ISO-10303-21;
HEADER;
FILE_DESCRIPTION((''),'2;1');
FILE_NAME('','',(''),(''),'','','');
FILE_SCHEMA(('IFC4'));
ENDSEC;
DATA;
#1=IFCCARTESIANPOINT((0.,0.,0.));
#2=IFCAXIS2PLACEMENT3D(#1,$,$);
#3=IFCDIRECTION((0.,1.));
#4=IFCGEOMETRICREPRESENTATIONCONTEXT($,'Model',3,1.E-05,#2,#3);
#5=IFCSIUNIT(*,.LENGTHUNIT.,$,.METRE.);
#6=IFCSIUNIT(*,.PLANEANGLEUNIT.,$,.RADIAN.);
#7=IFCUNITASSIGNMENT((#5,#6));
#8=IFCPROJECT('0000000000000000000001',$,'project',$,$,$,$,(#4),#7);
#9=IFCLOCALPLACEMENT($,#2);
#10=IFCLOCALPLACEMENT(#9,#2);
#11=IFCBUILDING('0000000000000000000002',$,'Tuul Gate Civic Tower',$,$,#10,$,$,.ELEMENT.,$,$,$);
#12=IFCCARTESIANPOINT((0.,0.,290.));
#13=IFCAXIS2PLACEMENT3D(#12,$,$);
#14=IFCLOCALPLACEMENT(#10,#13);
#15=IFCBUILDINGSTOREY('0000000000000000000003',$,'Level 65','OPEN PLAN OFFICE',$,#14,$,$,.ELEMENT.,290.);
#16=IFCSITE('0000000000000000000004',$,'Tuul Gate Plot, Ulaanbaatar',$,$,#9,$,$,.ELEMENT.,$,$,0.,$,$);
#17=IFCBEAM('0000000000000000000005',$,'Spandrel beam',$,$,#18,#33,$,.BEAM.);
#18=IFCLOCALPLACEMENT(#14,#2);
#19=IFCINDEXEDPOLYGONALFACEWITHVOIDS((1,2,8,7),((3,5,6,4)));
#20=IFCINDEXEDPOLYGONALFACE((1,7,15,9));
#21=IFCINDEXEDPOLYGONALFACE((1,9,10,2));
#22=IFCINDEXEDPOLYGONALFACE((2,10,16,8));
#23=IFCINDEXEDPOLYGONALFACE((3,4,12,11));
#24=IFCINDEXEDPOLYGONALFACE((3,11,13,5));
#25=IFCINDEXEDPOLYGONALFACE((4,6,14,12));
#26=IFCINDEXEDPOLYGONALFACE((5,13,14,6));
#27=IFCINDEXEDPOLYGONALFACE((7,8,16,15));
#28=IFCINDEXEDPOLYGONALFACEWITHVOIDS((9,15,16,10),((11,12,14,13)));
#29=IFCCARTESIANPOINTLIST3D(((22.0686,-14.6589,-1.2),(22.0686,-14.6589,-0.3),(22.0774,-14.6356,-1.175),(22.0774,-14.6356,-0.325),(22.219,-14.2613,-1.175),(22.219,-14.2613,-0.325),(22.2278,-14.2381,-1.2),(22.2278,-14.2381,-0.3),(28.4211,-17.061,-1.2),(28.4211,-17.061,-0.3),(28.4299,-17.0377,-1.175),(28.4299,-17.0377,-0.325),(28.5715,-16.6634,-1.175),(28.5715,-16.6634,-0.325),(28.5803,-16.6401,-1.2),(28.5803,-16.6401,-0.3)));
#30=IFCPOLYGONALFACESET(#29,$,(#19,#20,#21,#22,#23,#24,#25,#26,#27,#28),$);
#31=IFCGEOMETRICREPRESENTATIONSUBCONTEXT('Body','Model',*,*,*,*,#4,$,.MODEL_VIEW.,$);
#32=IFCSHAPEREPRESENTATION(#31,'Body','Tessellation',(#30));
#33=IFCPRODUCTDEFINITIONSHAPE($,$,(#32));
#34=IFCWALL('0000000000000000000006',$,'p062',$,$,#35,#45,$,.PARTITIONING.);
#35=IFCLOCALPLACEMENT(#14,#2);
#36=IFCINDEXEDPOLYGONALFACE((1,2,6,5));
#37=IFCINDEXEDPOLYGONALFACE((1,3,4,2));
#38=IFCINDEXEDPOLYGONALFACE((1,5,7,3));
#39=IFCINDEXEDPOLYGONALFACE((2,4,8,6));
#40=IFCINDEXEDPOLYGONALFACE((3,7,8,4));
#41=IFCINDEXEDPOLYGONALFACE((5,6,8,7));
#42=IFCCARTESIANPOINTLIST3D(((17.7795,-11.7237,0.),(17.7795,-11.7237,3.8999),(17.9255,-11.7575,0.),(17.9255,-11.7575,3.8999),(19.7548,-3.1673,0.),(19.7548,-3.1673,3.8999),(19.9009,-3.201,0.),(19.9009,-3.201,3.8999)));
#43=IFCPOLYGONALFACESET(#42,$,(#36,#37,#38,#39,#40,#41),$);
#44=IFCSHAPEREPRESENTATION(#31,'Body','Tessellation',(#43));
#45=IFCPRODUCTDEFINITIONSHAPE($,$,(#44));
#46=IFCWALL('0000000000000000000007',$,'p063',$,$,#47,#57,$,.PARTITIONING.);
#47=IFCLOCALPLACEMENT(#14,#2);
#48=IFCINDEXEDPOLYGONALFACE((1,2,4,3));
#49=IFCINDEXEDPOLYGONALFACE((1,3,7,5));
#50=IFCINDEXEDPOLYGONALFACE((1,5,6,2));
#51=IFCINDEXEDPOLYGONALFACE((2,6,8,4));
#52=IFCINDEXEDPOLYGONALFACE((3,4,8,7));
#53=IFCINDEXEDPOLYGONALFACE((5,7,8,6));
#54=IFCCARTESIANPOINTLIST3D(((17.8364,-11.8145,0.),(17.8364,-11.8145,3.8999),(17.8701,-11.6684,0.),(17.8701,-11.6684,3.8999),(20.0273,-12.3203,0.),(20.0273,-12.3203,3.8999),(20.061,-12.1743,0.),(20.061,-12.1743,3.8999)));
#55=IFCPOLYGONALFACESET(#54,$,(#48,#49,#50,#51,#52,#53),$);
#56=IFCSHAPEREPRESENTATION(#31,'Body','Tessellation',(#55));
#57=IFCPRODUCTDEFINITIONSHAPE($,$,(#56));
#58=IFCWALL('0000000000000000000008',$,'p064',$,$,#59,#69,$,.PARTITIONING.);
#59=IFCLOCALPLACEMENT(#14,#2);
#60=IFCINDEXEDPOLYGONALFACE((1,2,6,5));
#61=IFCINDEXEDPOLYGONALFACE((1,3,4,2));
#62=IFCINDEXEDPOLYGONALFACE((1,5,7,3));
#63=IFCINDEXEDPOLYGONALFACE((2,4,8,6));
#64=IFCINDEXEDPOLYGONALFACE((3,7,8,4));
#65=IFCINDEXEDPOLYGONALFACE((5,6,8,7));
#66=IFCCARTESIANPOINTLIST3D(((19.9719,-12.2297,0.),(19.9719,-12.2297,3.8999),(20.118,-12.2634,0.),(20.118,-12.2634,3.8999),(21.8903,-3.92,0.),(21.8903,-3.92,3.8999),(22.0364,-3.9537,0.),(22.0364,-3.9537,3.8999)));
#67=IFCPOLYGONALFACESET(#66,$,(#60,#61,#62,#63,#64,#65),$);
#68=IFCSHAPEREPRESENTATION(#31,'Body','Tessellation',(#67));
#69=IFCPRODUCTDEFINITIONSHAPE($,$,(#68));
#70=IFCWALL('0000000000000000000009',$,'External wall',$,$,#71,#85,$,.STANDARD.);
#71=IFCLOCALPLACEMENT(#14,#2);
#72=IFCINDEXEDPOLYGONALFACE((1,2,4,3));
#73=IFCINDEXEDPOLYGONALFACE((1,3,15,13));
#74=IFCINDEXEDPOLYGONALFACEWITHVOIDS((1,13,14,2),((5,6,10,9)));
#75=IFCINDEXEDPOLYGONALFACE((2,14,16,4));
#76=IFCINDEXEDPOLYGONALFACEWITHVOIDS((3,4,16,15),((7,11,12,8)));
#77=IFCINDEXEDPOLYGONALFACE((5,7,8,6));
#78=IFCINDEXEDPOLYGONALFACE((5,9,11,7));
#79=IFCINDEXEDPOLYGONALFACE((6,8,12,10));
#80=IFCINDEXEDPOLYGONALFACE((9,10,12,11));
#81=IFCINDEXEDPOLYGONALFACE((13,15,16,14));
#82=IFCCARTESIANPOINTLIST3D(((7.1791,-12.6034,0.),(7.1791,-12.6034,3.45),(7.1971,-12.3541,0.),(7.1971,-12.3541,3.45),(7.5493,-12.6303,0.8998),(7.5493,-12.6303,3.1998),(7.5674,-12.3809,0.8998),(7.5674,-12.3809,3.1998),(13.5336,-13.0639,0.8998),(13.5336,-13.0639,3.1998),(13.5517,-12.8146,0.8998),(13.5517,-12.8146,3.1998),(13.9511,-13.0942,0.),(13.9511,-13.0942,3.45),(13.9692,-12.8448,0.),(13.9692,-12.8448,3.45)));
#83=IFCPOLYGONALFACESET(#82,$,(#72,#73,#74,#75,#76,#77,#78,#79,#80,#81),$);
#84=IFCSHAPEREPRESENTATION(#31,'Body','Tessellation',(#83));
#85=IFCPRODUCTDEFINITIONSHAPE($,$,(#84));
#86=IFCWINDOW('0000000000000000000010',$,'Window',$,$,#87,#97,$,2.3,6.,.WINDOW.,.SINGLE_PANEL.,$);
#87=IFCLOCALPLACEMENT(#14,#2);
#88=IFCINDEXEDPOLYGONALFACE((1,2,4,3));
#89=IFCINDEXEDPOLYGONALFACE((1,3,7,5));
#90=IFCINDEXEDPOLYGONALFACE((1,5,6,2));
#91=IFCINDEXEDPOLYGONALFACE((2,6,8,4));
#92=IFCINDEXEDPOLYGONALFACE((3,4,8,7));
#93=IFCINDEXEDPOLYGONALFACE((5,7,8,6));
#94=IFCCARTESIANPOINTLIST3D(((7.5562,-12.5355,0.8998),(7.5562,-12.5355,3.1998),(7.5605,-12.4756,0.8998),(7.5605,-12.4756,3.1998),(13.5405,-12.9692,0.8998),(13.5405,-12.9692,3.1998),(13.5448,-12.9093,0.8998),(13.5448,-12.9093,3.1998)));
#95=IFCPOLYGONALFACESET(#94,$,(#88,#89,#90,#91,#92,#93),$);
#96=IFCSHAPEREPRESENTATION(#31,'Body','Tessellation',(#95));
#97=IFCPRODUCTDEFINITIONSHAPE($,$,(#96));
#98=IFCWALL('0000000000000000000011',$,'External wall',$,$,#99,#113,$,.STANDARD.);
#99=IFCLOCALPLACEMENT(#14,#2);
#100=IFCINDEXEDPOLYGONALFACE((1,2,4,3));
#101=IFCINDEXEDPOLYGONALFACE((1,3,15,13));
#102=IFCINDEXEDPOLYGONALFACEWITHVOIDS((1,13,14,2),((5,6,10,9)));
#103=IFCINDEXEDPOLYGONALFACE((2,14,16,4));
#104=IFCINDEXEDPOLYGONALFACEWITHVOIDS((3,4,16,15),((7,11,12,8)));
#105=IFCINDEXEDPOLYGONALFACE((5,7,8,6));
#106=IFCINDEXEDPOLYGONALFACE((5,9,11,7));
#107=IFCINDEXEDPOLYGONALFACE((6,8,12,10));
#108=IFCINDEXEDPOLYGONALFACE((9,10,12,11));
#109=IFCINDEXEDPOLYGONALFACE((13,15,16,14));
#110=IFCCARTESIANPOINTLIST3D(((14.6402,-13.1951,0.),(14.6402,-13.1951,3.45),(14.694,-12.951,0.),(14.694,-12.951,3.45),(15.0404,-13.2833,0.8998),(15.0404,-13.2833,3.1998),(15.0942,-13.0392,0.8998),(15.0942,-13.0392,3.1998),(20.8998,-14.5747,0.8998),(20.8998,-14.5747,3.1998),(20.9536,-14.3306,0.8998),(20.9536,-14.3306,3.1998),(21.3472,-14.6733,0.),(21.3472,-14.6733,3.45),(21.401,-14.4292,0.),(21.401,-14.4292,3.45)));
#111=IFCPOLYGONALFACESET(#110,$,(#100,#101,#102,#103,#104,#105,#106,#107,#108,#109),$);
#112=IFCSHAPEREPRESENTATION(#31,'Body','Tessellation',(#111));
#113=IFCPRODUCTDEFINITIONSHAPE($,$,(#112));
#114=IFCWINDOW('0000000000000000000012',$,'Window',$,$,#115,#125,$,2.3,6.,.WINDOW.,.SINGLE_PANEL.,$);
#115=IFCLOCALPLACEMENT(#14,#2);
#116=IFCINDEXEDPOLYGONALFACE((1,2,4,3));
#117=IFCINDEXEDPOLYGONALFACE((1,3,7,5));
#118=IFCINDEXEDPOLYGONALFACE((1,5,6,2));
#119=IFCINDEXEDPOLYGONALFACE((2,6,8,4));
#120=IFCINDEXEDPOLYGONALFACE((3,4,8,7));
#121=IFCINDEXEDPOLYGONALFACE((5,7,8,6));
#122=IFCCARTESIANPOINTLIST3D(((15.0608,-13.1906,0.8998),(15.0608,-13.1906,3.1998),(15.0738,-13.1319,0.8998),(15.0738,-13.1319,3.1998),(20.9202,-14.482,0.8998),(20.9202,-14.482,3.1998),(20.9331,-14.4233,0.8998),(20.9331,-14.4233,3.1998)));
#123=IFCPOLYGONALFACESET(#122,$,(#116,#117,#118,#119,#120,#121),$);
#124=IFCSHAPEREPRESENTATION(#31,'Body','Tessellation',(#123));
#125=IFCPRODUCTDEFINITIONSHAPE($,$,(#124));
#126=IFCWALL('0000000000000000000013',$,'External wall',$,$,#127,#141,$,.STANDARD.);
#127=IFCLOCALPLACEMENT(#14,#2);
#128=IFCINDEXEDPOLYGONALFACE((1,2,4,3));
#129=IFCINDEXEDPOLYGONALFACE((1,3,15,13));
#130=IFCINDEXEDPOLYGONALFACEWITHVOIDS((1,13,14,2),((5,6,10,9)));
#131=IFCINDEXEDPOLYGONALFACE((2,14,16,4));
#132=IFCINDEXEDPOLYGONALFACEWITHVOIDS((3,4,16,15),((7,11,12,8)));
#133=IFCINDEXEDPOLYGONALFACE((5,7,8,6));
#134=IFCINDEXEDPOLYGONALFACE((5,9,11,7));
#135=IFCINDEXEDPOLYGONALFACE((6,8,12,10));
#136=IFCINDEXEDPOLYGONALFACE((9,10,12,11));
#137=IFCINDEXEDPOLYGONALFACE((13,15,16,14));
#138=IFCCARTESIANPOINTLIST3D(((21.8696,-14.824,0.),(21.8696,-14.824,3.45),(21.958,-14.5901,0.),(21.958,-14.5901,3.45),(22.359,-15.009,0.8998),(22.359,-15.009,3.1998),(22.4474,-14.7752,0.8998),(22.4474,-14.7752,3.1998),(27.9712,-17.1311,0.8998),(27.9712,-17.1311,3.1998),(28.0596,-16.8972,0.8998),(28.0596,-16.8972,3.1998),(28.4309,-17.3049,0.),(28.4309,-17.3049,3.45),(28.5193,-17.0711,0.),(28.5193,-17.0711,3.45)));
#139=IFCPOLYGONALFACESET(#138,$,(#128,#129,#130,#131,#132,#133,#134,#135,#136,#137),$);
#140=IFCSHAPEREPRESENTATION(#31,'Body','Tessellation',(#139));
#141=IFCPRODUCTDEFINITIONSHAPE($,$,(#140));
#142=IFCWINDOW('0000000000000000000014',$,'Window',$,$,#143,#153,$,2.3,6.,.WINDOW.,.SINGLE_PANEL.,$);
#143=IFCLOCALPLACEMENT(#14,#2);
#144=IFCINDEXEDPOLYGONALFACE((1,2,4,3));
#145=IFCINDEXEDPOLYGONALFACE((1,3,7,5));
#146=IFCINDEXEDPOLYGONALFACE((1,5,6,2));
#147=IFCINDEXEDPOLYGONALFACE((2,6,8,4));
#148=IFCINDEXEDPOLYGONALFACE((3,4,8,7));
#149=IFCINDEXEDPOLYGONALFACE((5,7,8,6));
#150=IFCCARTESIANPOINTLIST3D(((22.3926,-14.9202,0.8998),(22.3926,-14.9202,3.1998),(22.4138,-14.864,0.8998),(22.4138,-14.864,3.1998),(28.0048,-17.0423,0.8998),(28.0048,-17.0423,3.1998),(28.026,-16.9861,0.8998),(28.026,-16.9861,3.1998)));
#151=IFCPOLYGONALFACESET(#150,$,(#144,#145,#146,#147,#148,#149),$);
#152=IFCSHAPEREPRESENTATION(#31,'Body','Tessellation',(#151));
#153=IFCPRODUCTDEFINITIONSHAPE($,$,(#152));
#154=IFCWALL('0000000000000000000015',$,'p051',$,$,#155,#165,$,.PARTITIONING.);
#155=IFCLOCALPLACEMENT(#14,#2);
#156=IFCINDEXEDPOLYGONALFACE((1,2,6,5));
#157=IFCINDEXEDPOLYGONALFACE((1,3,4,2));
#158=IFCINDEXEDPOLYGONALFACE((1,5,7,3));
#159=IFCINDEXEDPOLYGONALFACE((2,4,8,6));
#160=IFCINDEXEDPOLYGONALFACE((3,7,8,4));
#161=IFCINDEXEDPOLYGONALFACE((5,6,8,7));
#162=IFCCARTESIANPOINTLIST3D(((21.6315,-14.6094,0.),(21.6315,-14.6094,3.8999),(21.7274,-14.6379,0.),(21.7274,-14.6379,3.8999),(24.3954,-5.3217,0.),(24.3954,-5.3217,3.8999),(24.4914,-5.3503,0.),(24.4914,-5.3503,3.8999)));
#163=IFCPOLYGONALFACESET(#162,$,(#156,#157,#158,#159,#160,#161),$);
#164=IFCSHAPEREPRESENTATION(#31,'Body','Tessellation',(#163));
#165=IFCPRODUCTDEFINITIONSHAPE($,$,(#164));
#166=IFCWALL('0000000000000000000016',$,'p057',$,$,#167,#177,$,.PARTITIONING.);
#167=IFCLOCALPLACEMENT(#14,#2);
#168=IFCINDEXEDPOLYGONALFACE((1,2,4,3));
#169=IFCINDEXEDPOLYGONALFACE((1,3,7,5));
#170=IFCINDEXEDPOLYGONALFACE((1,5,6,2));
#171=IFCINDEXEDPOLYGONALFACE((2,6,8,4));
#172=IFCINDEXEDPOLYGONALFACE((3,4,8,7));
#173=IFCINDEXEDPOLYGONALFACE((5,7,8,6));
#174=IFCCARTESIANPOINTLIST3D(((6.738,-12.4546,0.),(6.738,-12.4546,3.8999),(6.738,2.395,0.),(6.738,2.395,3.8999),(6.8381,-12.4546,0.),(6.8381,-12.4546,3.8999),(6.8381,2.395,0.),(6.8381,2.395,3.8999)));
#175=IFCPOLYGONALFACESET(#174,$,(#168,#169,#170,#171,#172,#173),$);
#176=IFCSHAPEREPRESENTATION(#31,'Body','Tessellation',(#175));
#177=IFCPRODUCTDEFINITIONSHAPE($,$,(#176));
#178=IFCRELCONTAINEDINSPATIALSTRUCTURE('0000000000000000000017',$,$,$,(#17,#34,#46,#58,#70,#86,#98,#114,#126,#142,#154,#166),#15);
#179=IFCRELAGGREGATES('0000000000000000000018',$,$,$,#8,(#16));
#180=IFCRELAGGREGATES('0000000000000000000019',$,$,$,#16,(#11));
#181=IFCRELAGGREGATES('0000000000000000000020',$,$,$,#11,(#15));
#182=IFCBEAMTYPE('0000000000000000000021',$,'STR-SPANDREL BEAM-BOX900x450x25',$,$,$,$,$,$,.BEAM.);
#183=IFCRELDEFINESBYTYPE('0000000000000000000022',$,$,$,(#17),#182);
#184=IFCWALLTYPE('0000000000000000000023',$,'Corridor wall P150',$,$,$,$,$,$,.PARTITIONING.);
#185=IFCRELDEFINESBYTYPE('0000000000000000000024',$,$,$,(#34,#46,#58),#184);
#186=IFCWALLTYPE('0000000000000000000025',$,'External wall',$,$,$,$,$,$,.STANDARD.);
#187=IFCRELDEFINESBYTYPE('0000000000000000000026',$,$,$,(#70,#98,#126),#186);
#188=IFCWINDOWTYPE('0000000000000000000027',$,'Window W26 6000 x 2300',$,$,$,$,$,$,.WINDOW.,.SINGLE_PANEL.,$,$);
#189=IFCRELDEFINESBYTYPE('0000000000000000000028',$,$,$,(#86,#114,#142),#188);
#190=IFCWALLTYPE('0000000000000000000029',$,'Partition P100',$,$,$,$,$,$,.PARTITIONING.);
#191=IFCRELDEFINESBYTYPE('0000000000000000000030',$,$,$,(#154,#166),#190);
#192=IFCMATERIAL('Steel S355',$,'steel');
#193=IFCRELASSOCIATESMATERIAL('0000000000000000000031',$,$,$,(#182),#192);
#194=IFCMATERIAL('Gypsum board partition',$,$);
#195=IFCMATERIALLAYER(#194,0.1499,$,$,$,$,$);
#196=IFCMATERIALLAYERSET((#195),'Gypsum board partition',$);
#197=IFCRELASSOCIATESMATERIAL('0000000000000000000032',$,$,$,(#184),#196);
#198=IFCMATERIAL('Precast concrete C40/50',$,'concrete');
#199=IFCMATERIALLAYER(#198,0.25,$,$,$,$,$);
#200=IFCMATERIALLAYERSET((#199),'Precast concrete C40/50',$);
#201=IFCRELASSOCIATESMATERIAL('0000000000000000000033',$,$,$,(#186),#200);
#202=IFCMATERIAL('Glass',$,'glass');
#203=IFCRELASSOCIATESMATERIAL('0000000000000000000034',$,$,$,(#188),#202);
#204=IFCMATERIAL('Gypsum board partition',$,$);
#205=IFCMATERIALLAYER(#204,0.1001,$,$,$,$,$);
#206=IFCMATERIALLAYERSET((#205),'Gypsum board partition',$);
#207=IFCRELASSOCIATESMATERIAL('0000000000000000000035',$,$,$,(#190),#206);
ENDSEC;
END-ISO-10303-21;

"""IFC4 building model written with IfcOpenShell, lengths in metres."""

from ifc_helpers import new_model, si_unit, direction, frame, frame_2d, origin, origin_2d, place, context, subcontext, project, spatial, rectangle, hollow_rectangle, extrude, material, layer, layer_set, material_profile, profile_set, type_object, element, fill, save


model = new_model("IFC4")

# Units and contexts
model_context = context("Model", 3, precision=1e-05, world=origin(), true_north=direction((0.0, 1.0)))
body_context = subcontext(model_context, "Body", "Model", "MODEL_VIEW")
ifc_project = project(units=[si_unit("LENGTHUNIT", "METRE"), si_unit("PLANEANGLEUNIT", "RADIAN")], contexts=[model_context])

# Site, building, storey
site_placement = place(None, origin())
site = spatial("IfcSite", under=ifc_project, at=site_placement, Name="Tuul Gate Plot, Ulaanbaatar", CompositionType="ELEMENT", RefElevation=0.0)
building_placement = place(site_placement, origin())
building = spatial("IfcBuilding", under=site, at=building_placement, Name="Tuul Gate Civic Tower", CompositionType="ELEMENT")
storey_placement = place(building_placement, frame((0.0, 0.0, 290.0)))
storey = spatial("IfcBuildingStorey", under=building, at=storey_placement, Name="Level 65", Description="OPEN PLAN OFFICE", CompositionType="ELEMENT", Elevation=290.0)

# Beam
ifc_material_1 = material(Name="Steel S355", Category="steel")
ifc_material_profile_1 = material_profile(ifc_material_1, hollow_rectangle(XDim=0.45, YDim=0.8999, WallThickness=0.0249, at=origin_2d()), Name="BOX900x450x25")
ifc_profile_set_1 = profile_set([ifc_material_profile_1], Name="Steel S355")
beam_type_1 = type_object("IfcBeamType", Name="STR-SPANDREL BEAM-BOX900x450x25", PredefinedType="BEAM", material=ifc_profile_set_1)
beam_1_placement = place(storey_placement, frame((22.1482, -14.4485, -0.75), z_axis=(0.935362, -0.353691, 0.0), x_axis=(0.353691, 0.935362, 0.0)))
element("IfcBeam", 1, at=beam_1_placement, inside=storey, type_object=beam_type_1, Name="Spandrel beam", PredefinedType="BEAM", context=body_context, shape_type="SweptSolid", body=[
    extrude(hollow_rectangle(XDim=0.45, YDim=0.8999, WallThickness=0.0249, at=origin_2d()), origin(), (0.0, 0.0, 1.0), 6.7915),
])

# Walls
ifc_material_2 = material(Name="Gypsum board partition")
ifc_layer_1 = layer(ifc_material_2, 0.1499)
ifc_layer_set_1 = layer_set([ifc_layer_1], Name="Gypsum board partition")
wall_type_1 = type_object("IfcWallType", Name="Corridor wall P150", PredefinedType="PARTITIONING", material=ifc_layer_set_1)
wall_1_placement = place(storey_placement, frame((17.8525, -11.7405, 0.0), z_axis=(0.0, 0.0, 1.0), x_axis=(0.224945, 0.974372, 0.0)))
element("IfcWall", 2, at=wall_1_placement, inside=storey, type_object=wall_type_1, Name="p062", PredefinedType="PARTITIONING", context=body_context, shape_type="SweptSolid", body=[
    extrude(rectangle(XDim=8.7815, YDim=0.1499, at=frame_2d((4.3906, 0.0))), origin(), (0.0, 0.0, 1.0), 3.8999),
])
wall_2_placement = place(storey_placement, frame((17.8533, -11.7415, 0.0), z_axis=(0.0, 0.0, 1.0), x_axis=(0.974366, -0.224971, 0.0)))
element("IfcWall", 3, at=wall_2_placement, inside=storey, type_object=wall_type_1, Name="p063", PredefinedType="PARTITIONING", context=body_context, shape_type="SweptSolid", body=[
    extrude(rectangle(XDim=2.2485, YDim=0.1499, at=frame_2d((1.1243, 0.0))), origin(), (0.0, 0.0, 1.0), 3.8999),
])
wall_3_placement = place(storey_placement, frame((20.0449, -12.2466, 0.0), z_axis=(0.0, 0.0, 1.0), x_axis=(0.224949, 0.97437, 0.0)))
element("IfcWall", 4, at=wall_3_placement, inside=storey, type_object=wall_type_1, Name="p064", PredefinedType="PARTITIONING", context=body_context, shape_type="SweptSolid", body=[
    extrude(rectangle(XDim=8.5283, YDim=0.1499, at=frame_2d((4.2642, 0.0))), origin(), (0.0, 0.0, 1.0), 3.8999),
])

# Walls, openings, windows
ifc_material_3 = material(Name="Precast concrete C40/50", Category="concrete")
ifc_layer_2 = layer(ifc_material_3, 0.25)
ifc_layer_set_2 = layer_set([ifc_layer_2], Name="Precast concrete C40/50")
wall_type_2 = type_object("IfcWallType", Name="External wall", PredefinedType="STANDARD", material=ifc_layer_set_2)
wall_4_placement = place(storey_placement, frame((7.188, -12.4788, 0.0), z_axis=(0.0, 0.0, 1.0), x_axis=(0.997385, -0.072274, 0.0)))
wall_4 = element("IfcWall", 5, at=wall_4_placement, inside=storey, type_object=wall_type_2, Name="External wall", PredefinedType="STANDARD", context=body_context, shape_type="SweptSolid", body=[
    extrude(rectangle(XDim=6.7898, YDim=0.25, at=frame_2d((3.395, 0.0))), origin(), (0.0, 0.0, 1.0), 3.45),
])
opening_1_placement = place(wall_4_placement, frame((0.3713, 0.0, 0.8999)))
opening_1 = element("IfcOpeningElement", 6, at=opening_1_placement, cuts=wall_4, PredefinedType="OPENING", context=body_context, shape_type="SweptSolid", body=[
    extrude(rectangle(XDim=6.0, YDim=2.3, at=frame_2d((3.0, 1.1499))), frame((0.0, 0.135, 0.0), z_axis=(0.0, -1.0, 0.0), x_axis=(1.0, 0.0, 0.0)), (0.0, 0.0, 1.0), 0.27),
])
ifc_material_4 = material(Name="Glass", Category="glass")
window_type = type_object("IfcWindowType", Name="Window W26 6000 x 2300", PartitioningType="SINGLE_PANEL", PredefinedType="WINDOW", material=ifc_material_4)
window_1_placement = place(opening_1_placement, origin())
window_1 = element("IfcWindow", 7, at=window_1_placement, inside=storey, type_object=window_type, Name="Window", OverallHeight=2.3, OverallWidth=6.0, PartitioningType="SINGLE_PANEL", PredefinedType="WINDOW", context=body_context, shape_type="SweptSolid", body=[
    extrude(rectangle(XDim=6.0, YDim=2.3, at=frame_2d((3.0, 1.1499))), frame((0.0, 0.03, 0.0), z_axis=(0.0, -1.0, 0.0), x_axis=(1.0, 0.0, 0.0)), (0.0, 0.0, 1.0), 0.0601),
])
fill(opening_1, window_1)
wall_5_placement = place(storey_placement, frame((14.667, -13.073, 0.0), z_axis=(0.0, 0.0, 1.0), x_axis=(0.976561, -0.21524, 0.0)))
wall_5 = element("IfcWall", 8, at=wall_5_placement, inside=storey, type_object=wall_type_2, Name="External wall", PredefinedType="STANDARD", context=body_context, shape_type="SweptSolid", body=[
    extrude(rectangle(XDim=6.8679, YDim=0.25, at=frame_2d((3.4341, 0.0))), origin(), (0.0, 0.0, 1.0), 3.45),
])
opening_2_placement = place(wall_5_placement, frame((0.4099, 0.0, 0.8999)))
opening_2 = element("IfcOpeningElement", 9, at=opening_2_placement, cuts=wall_5, PredefinedType="OPENING", context=body_context, shape_type="SweptSolid", body=[
    extrude(rectangle(XDim=6.0, YDim=2.3, at=frame_2d((3.0, 1.1499))), frame((0.0, 0.135, 0.0), z_axis=(0.0, -1.0, 0.0), x_axis=(1.0, 0.0, 0.0)), (0.0, 0.0, 1.0), 0.27),
])
window_2_placement = place(opening_2_placement, origin())
window_2 = element("IfcWindow", 10, at=window_2_placement, inside=storey, type_object=window_type, Name="Window", OverallHeight=2.3, OverallWidth=6.0, PartitioningType="SINGLE_PANEL", PredefinedType="WINDOW", context=body_context, shape_type="SweptSolid", body=[
    extrude(rectangle(XDim=6.0, YDim=2.3, at=frame_2d((3.0, 1.1499))), frame((0.0, 0.03, 0.0), z_axis=(0.0, -1.0, 0.0), x_axis=(1.0, 0.0, 0.0)), (0.0, 0.0, 1.0), 0.0601),
])
fill(opening_2, window_2)
wall_6_placement = place(storey_placement, frame((21.9138, -14.707, 0.0), z_axis=(0.0, 0.0, 1.0), x_axis=(0.935366, -0.353681, 0.0)))
wall_6 = element("IfcWall", 11, at=wall_6_placement, inside=storey, type_object=wall_type_2, Name="External wall", PredefinedType="STANDARD", context=body_context, shape_type="SweptSolid", body=[
    extrude(rectangle(XDim=7.0146, YDim=0.25, at=frame_2d((3.5073, 0.0))), origin(), (0.0, 0.0, 1.0), 3.45),
])
opening_3_placement = place(wall_6_placement, frame((0.5232, 0.0, 0.8999)))
opening_3 = element("IfcOpeningElement", 12, at=opening_3_placement, cuts=wall_6, PredefinedType="OPENING", context=body_context, shape_type="SweptSolid", body=[
    extrude(rectangle(XDim=6.0, YDim=2.3, at=frame_2d((3.0, 1.1499))), frame((0.0, 0.135, 0.0), z_axis=(0.0, -1.0, 0.0), x_axis=(1.0, 0.0, 0.0)), (0.0, 0.0, 1.0), 0.27),
])
window_3_placement = place(opening_3_placement, origin())
window_3 = element("IfcWindow", 13, at=window_3_placement, inside=storey, type_object=window_type, Name="Window", OverallHeight=2.3, OverallWidth=6.0, PartitioningType="SINGLE_PANEL", PredefinedType="WINDOW", context=body_context, shape_type="SweptSolid", body=[
    extrude(rectangle(XDim=6.0, YDim=2.3, at=frame_2d((3.0, 1.1499))), frame((0.0, 0.03, 0.0), z_axis=(0.0, -1.0, 0.0), x_axis=(1.0, 0.0, 0.0)), (0.0, 0.0, 1.0), 0.0601),
])
fill(opening_3, window_3)

# Walls
ifc_material_5 = material(Name="Gypsum board partition")
ifc_layer_3 = layer(ifc_material_5, 0.1001)
ifc_layer_set_3 = layer_set([ifc_layer_3], Name="Gypsum board partition")
wall_type_3 = type_object("IfcWallType", Name="Partition P100", PredefinedType="PARTITIONING", material=ifc_layer_set_3)
wall_7_placement = place(storey_placement, frame((21.6794, -14.6238, 0.0), z_axis=(0.0, 0.0, 1.0), x_axis=(0.28523, 0.958459, 0.0)))
element("IfcWall", 14, at=wall_7_placement, inside=storey, type_object=wall_type_3, Name="p051", PredefinedType="PARTITIONING", context=body_context, shape_type="SweptSolid", body=[
    extrude(rectangle(XDim=9.6902, YDim=0.1001, at=frame_2d((4.8452, 0.0))), origin(), (0.0, 0.0, 1.0), 3.8999),
])
wall_8_placement = place(storey_placement, frame((6.7881, -12.4546, 0.0), z_axis=(0.0, 0.0, 1.0), x_axis=(0.0, 1.0, 0.0)))
element("IfcWall", 15, at=wall_8_placement, inside=storey, type_object=wall_type_3, Name="p057", PredefinedType="PARTITIONING", context=body_context, shape_type="SweptSolid", body=[
    extrude(rectangle(XDim=14.8496, YDim=0.1001, at=frame_2d((7.4248, 0.0))), origin(), (0.0, 0.0, 1.0), 3.8999),
])

save(model, "model.ifc")
